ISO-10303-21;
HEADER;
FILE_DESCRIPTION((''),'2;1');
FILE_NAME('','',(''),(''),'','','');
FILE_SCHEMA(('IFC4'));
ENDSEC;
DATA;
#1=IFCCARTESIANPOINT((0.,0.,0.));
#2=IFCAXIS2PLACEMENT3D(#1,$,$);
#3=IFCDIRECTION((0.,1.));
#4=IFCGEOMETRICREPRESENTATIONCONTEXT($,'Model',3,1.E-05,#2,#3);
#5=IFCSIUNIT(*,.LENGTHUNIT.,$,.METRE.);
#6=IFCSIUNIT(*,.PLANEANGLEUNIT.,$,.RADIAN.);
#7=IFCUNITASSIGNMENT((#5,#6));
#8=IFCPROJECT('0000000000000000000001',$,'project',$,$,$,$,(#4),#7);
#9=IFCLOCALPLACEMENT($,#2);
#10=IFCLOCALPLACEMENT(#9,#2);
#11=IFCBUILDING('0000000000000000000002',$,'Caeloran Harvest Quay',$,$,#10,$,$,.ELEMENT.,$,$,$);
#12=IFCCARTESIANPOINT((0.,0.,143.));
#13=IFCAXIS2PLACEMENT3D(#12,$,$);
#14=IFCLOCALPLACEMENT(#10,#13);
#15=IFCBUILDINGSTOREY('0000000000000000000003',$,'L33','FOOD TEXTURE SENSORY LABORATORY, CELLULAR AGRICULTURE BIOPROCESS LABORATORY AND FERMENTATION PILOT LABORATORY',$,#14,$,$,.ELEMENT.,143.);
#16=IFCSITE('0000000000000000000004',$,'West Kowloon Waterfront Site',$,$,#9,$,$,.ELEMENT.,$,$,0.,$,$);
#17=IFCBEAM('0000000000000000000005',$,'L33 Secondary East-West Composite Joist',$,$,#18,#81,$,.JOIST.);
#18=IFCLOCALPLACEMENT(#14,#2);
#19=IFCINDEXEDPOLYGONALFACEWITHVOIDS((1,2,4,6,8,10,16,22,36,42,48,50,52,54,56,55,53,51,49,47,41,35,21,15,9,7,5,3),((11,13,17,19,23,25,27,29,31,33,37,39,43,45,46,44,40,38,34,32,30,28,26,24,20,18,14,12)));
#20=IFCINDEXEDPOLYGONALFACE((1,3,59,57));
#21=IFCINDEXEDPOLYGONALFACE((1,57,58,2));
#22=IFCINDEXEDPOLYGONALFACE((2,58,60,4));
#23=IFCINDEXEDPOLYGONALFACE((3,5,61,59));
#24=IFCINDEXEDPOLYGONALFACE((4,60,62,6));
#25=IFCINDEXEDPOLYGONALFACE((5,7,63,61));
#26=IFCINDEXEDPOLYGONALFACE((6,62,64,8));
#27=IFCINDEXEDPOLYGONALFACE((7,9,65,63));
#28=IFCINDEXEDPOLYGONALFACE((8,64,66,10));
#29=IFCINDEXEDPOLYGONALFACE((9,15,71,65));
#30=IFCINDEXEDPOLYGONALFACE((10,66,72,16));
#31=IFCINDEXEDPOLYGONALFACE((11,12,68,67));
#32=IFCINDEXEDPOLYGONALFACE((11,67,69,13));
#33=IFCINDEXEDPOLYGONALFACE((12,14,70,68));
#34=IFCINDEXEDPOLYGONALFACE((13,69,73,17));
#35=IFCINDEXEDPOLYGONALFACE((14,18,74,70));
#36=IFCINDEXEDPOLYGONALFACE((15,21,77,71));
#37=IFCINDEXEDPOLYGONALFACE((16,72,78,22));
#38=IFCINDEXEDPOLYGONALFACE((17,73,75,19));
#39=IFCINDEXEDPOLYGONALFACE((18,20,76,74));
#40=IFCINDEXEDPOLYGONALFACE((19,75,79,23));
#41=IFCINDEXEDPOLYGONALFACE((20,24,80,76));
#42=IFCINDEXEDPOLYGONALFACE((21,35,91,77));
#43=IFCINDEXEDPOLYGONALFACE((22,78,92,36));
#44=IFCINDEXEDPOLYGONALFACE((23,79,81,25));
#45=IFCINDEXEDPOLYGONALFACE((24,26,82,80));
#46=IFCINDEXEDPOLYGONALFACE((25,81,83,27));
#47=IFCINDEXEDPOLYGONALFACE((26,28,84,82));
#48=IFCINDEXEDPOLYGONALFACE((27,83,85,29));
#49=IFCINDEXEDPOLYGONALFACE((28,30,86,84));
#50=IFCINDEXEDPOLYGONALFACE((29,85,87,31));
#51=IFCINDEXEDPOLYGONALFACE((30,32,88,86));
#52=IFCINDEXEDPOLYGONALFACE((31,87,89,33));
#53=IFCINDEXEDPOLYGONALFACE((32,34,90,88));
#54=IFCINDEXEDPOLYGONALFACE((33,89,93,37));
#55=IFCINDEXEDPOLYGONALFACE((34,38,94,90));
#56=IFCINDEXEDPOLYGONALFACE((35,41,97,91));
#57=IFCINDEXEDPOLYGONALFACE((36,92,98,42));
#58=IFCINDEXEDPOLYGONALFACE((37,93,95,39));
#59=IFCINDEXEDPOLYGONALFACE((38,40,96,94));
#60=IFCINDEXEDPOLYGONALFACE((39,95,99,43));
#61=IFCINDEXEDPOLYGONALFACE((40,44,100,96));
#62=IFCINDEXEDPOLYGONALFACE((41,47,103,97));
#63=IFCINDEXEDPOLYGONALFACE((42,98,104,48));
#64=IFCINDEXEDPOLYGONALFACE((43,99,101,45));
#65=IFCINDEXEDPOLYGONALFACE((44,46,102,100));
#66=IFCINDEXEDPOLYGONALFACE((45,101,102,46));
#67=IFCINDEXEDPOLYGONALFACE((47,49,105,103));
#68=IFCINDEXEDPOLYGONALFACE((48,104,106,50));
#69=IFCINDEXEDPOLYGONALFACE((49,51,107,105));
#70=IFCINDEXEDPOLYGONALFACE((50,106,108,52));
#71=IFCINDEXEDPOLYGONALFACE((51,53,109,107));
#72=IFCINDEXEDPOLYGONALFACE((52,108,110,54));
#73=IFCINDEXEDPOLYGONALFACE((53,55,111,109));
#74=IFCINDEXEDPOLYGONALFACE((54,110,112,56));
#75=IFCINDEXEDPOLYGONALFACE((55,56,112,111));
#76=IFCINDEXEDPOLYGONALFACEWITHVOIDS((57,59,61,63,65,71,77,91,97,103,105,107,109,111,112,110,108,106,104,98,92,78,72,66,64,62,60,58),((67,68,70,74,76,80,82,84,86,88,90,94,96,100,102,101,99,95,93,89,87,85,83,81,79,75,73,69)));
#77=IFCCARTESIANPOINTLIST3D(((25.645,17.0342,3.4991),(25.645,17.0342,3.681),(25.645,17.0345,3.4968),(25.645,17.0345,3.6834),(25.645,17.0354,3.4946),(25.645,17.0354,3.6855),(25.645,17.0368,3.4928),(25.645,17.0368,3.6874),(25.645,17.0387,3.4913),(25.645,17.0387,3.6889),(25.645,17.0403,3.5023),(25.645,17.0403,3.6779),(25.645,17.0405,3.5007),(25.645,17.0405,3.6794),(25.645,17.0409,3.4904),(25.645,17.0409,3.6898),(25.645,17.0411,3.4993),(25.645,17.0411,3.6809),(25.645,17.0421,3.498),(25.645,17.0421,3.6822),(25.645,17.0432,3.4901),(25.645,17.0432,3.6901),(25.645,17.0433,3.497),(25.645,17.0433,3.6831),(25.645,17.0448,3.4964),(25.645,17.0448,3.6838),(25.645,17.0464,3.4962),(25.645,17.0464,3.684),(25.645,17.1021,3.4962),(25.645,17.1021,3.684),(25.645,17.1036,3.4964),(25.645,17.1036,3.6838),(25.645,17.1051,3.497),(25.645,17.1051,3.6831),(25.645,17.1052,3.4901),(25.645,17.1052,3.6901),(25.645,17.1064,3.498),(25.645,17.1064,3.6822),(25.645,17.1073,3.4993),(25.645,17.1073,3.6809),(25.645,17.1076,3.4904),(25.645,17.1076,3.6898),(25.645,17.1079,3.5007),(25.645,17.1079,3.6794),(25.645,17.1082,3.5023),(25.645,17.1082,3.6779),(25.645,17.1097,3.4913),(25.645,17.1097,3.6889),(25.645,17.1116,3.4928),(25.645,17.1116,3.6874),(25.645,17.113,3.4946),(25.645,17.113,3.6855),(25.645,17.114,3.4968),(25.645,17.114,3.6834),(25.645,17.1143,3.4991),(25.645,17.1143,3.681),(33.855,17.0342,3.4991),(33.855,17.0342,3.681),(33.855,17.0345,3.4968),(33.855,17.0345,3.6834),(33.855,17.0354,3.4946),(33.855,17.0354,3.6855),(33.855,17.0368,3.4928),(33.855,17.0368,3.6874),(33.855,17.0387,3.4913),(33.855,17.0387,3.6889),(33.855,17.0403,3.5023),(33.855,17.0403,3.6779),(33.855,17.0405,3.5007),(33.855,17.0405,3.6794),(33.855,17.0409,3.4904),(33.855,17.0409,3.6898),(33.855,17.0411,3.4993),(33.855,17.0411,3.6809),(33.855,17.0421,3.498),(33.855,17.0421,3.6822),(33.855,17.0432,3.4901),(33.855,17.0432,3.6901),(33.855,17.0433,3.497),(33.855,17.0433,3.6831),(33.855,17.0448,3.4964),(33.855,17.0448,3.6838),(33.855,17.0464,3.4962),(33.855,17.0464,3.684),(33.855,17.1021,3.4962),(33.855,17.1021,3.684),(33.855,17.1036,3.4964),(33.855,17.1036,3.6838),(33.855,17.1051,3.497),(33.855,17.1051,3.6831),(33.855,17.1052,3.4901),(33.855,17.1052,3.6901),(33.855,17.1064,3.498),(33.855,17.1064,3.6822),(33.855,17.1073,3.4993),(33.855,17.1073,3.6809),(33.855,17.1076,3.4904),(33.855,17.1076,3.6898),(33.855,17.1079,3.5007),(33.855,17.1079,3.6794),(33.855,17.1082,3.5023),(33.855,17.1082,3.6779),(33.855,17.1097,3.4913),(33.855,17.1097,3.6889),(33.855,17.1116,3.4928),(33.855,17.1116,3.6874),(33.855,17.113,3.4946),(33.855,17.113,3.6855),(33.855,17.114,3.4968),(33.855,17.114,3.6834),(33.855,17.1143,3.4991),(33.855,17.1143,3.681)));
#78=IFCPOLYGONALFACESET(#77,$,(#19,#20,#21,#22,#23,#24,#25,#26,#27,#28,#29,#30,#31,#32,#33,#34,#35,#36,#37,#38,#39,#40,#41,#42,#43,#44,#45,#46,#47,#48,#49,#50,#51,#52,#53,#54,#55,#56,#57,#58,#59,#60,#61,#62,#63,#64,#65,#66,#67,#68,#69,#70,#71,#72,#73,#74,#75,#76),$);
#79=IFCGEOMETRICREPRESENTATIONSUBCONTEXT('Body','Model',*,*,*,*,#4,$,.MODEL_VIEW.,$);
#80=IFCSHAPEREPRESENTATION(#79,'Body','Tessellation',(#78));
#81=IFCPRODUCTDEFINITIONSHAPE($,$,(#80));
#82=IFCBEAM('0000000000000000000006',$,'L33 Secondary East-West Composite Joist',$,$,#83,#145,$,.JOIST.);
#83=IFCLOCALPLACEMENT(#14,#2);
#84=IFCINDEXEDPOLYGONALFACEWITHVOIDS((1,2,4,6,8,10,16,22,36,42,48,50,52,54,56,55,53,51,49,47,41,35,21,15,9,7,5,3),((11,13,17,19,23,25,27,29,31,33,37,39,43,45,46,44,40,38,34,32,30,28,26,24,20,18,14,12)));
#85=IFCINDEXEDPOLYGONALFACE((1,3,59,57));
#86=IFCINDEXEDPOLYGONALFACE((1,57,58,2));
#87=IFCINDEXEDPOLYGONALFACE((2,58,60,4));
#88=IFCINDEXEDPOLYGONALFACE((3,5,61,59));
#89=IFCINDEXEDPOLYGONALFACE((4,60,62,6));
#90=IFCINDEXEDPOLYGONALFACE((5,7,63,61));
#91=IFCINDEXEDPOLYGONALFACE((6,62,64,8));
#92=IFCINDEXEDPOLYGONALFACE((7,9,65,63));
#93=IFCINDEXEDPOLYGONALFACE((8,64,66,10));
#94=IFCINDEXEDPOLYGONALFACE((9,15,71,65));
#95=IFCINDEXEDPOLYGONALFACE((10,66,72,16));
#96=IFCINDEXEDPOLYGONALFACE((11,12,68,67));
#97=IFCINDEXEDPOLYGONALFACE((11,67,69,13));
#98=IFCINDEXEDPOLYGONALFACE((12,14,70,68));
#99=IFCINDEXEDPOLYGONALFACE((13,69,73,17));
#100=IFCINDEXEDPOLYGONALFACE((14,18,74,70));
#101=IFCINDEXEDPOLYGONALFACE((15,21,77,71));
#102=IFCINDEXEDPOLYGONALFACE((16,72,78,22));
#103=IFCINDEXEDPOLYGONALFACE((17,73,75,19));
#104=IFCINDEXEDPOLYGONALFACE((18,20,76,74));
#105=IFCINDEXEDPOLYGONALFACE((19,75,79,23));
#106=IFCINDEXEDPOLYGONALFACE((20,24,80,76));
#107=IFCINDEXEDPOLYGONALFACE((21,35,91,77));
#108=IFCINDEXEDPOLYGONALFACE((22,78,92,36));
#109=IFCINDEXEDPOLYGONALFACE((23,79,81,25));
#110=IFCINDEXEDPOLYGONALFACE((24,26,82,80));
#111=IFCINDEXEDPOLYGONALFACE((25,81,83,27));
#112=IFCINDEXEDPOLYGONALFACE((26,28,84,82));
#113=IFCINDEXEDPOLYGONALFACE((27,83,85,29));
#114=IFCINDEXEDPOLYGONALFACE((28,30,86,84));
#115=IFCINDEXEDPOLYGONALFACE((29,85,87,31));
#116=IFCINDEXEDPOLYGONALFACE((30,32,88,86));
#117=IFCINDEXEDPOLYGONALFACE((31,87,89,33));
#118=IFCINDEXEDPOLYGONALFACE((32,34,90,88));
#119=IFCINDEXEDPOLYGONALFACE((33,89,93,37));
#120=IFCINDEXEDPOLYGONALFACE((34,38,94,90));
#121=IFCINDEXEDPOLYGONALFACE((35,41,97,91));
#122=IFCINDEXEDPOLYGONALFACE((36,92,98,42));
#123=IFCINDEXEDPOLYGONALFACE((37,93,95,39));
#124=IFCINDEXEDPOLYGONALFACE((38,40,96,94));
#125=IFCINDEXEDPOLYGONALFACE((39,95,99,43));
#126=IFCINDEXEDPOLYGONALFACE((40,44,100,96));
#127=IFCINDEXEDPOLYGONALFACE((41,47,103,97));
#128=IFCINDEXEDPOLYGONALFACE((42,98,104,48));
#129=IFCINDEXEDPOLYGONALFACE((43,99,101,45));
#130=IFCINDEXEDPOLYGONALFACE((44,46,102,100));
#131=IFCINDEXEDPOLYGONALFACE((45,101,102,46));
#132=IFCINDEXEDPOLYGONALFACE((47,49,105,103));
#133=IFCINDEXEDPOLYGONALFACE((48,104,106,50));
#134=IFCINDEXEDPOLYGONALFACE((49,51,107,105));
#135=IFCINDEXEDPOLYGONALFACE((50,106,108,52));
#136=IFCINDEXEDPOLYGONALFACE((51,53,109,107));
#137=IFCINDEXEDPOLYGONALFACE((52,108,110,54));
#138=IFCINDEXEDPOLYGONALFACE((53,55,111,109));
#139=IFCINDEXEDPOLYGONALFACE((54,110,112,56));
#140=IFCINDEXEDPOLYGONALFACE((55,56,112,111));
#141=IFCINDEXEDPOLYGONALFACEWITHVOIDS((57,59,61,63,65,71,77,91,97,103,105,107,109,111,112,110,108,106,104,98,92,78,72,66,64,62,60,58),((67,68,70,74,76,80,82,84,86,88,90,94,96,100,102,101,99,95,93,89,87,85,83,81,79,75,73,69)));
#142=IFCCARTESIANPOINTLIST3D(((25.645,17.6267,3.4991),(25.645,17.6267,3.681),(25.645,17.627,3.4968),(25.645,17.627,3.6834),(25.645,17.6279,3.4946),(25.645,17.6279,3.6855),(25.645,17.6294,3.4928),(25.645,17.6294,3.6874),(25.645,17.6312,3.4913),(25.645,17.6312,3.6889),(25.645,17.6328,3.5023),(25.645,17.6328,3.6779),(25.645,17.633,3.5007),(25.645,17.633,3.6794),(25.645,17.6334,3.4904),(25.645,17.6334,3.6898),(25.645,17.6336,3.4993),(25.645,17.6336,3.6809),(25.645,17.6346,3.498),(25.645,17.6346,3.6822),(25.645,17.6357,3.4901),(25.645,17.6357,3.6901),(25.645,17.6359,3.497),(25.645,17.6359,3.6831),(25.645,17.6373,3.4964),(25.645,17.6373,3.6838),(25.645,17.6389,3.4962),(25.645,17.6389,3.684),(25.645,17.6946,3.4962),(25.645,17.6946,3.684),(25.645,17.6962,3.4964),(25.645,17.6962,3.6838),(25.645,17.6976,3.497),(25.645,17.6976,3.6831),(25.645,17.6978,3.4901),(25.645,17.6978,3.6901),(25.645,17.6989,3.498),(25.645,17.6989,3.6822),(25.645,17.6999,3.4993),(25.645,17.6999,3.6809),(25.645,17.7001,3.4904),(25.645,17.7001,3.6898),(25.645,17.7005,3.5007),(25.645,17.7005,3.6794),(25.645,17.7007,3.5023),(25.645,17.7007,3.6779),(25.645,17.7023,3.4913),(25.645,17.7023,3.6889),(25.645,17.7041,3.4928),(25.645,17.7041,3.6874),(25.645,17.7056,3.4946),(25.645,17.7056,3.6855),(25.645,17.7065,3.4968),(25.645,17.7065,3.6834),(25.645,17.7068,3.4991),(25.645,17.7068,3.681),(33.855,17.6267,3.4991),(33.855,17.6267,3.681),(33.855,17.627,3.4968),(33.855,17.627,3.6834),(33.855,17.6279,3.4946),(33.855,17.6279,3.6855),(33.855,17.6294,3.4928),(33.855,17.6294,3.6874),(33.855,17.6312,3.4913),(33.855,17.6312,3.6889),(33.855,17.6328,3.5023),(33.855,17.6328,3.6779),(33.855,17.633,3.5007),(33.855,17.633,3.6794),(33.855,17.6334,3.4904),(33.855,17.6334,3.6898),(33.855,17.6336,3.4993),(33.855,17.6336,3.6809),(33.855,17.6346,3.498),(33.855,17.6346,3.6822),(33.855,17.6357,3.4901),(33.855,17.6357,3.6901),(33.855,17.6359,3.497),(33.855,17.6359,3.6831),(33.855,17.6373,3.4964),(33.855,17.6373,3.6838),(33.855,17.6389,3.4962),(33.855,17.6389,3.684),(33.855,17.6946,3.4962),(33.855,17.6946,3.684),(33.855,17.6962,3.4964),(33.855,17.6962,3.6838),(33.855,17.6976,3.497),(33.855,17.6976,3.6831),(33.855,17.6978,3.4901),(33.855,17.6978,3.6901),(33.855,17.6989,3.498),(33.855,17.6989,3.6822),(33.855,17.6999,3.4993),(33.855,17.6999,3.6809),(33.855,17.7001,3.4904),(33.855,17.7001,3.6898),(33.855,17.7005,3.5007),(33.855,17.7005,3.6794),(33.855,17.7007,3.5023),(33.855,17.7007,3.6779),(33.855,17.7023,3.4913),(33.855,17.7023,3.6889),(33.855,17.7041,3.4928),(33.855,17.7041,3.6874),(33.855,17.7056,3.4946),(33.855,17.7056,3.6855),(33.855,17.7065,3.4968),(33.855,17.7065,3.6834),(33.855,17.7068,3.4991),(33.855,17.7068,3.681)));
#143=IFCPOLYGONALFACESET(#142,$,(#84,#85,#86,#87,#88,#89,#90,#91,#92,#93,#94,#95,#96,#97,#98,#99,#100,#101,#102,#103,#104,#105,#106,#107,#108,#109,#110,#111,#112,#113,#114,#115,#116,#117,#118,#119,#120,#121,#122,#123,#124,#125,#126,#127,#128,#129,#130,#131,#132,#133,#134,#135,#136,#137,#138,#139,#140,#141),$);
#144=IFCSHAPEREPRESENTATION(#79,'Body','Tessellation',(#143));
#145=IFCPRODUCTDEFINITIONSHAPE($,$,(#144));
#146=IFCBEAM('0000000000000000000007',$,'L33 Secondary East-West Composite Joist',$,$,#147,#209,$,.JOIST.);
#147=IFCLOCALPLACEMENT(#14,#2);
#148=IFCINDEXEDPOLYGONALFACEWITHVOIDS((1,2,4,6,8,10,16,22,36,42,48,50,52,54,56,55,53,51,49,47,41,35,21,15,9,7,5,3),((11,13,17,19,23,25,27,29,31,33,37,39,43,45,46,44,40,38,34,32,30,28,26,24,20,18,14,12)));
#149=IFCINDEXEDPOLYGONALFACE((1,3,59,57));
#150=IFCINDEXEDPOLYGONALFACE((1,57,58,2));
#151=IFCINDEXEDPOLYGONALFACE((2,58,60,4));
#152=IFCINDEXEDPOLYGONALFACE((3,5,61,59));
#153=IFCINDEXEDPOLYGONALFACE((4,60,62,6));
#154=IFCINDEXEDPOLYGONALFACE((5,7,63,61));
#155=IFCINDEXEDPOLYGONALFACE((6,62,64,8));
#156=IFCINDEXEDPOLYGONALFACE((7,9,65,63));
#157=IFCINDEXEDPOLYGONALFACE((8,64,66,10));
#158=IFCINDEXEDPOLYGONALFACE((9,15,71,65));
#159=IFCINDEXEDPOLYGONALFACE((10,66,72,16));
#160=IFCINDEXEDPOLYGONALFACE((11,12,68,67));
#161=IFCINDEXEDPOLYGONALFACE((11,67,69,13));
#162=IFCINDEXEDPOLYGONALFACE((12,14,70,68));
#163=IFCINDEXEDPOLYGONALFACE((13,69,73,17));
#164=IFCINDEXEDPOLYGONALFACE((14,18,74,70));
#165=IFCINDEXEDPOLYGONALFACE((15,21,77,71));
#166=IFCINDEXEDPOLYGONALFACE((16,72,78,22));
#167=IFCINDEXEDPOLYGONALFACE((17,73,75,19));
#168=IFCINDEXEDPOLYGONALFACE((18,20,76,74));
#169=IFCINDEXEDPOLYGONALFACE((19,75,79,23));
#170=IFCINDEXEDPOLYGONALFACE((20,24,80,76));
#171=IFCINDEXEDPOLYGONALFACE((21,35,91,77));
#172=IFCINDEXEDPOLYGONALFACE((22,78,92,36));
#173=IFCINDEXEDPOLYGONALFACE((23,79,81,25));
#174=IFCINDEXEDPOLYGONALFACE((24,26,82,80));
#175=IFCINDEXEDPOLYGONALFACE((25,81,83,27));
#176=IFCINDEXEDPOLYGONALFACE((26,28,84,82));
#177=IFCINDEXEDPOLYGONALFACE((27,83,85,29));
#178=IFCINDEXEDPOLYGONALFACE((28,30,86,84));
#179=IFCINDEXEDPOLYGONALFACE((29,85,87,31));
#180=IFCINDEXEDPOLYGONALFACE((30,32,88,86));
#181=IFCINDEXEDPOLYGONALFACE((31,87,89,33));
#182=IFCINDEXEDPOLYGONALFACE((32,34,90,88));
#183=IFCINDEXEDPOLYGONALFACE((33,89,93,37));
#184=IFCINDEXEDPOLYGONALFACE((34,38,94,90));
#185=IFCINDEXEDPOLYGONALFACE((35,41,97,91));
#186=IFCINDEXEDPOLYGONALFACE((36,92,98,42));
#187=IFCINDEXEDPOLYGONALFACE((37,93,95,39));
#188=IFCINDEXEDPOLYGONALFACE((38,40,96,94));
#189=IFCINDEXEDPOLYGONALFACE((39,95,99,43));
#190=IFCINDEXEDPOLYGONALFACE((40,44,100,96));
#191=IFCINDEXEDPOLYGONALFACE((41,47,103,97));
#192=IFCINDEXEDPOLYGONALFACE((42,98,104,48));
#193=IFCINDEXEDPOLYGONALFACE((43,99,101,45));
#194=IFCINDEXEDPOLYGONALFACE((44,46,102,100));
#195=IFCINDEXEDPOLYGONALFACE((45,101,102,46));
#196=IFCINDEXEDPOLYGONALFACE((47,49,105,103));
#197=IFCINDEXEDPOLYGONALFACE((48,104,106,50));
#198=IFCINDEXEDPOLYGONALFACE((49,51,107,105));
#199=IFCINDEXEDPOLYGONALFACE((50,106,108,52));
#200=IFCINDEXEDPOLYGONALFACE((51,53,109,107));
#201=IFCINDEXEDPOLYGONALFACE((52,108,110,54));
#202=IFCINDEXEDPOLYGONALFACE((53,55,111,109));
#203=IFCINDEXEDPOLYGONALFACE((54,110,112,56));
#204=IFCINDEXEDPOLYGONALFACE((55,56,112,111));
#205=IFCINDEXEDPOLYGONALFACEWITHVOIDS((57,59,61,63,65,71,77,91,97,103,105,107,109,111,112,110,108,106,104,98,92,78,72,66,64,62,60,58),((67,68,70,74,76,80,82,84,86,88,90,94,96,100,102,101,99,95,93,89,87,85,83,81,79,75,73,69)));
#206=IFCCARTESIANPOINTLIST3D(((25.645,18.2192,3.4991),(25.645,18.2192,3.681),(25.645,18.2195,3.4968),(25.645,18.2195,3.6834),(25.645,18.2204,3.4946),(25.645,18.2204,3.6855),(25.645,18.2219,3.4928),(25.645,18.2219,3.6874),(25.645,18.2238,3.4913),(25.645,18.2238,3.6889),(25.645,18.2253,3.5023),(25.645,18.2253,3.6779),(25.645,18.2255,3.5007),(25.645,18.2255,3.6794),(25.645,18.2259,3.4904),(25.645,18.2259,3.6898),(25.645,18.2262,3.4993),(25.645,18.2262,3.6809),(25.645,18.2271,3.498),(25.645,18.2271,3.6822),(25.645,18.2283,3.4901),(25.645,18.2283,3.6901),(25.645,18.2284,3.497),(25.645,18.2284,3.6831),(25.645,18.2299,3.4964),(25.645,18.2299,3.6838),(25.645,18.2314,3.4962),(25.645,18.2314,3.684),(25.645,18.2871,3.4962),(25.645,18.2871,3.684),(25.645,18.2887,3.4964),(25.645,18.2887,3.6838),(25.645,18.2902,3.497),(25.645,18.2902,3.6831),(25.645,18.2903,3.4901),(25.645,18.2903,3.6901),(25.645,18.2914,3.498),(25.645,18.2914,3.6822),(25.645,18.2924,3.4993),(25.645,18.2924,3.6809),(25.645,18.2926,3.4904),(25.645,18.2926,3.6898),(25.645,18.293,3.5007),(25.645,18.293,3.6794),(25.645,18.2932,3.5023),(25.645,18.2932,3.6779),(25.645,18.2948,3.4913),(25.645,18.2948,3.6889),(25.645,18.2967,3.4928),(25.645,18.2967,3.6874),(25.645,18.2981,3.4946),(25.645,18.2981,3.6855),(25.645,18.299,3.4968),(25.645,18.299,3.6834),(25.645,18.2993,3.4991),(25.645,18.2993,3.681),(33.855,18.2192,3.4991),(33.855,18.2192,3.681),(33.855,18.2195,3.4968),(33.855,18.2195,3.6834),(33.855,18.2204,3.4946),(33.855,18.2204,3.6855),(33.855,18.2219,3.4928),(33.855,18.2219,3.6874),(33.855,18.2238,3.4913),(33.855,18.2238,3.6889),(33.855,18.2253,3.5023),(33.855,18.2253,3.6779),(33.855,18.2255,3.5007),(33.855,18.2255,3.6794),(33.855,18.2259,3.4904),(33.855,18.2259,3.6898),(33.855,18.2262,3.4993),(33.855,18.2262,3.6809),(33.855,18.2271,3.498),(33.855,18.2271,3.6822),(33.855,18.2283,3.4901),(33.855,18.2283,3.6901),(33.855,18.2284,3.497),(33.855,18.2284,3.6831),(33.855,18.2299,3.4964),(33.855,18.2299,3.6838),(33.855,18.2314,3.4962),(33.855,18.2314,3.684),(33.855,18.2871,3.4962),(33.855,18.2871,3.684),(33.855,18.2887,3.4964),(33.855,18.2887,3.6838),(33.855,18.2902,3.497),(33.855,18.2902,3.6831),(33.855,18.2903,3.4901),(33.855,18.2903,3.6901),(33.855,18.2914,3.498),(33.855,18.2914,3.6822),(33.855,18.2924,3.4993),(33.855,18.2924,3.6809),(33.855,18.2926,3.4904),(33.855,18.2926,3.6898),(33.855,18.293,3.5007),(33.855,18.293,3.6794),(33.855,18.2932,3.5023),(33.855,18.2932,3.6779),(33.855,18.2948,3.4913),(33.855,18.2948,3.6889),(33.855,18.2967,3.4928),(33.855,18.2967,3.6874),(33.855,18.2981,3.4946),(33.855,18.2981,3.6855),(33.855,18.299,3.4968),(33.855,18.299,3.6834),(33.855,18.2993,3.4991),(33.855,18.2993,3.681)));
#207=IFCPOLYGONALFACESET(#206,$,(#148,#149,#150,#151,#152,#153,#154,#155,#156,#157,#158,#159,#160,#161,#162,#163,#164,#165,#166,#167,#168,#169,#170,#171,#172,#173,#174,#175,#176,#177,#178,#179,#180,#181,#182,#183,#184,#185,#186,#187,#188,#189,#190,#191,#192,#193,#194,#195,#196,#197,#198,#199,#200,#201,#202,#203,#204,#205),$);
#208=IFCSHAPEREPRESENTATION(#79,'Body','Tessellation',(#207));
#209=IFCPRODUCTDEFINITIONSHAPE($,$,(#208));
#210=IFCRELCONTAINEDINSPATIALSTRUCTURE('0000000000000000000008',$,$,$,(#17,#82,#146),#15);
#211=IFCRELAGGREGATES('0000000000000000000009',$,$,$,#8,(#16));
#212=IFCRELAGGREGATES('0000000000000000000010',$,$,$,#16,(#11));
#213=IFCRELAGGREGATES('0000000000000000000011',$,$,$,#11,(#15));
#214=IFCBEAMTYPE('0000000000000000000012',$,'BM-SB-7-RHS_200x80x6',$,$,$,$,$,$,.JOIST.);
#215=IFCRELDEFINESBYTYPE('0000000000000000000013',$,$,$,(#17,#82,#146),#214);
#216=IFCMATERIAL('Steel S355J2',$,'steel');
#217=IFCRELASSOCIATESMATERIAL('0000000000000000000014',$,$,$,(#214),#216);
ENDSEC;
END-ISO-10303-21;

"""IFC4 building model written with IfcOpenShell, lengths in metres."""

from ifc_helpers import new_model, si_unit, direction, frame, origin, origin_2d, place, context, subcontext, project, spatial, hollow_rectangle, extrude, material, material_profile, profile_set, type_object, element, save


model = new_model("IFC4")

# Units and contexts
model_context = context("Model", 3, precision=1e-05, world=origin(), true_north=direction((0.0, 1.0)))
body_context = subcontext(model_context, "Body", "Model", "MODEL_VIEW")
ifc_project = project(units=[si_unit("LENGTHUNIT", "METRE"), si_unit("PLANEANGLEUNIT", "RADIAN")], contexts=[model_context])

# Site, building, storey
site_placement = place(None, origin())
site = spatial("IfcSite", under=ifc_project, at=site_placement, Name="West Kowloon Waterfront Site", CompositionType="ELEMENT", RefElevation=0.0)
building_placement = place(site_placement, origin())
building = spatial("IfcBuilding", under=site, at=building_placement, Name="Caeloran Harvest Quay", CompositionType="ELEMENT")
storey_placement = place(building_placement, frame((0.0, 0.0, 143.0)))
storey = spatial("IfcBuildingStorey", under=building, at=storey_placement, Name="L33", Description="FOOD TEXTURE SENSORY LABORATORY, CELLULAR AGRICULTURE BIOPROCESS LABORATORY AND FERMENTATION PILOT LABORATORY", CompositionType="ELEMENT", Elevation=143.0)

# Beams
ifc_material_1 = material(Name="Steel S355J2", Category="steel")
ifc_material_profile_1 = material_profile(ifc_material_1, hollow_rectangle(XDim=0.0801, YDim=0.2, WallThickness=0.0061, InnerFilletRadius=0.0061, OuterFilletRadius=0.009, at=origin_2d()), Name="RHS 200x80x6")
ifc_profile_set_1 = profile_set([ifc_material_profile_1], Name="Steel S355J2")
beam_type_1 = type_object("IfcBeamType", Name="BM-SB-7-RHS_200x80x6", PredefinedType="JOIST", material=ifc_profile_set_1)
for number, where, z_axis, x_axis, name in (
    (1, (25.645, 17.0742, 3.5901), (1.0, 0.0, 0.0), (0.0, 1.0, 0.0), "L33 Secondary East-West Composite Joist"),
    (2, (25.645, 17.6667, 3.5901), (1.0, 0.0, 0.0), (0.0, 1.0, 0.0), "L33 Secondary East-West Composite Joist"),
    (3, (25.645, 18.2593, 3.5901), (1.0, 0.0, 0.0), (0.0, 1.0, 0.0), "L33 Secondary East-West Composite Joist"),
):
    element("IfcBeam", number, at=place(storey_placement, frame(where, z_axis=z_axis, x_axis=x_axis)), inside=storey, type_object=beam_type_1, Name=name, PredefinedType="JOIST", context=body_context, shape_type="SweptSolid", body=[
        extrude(hollow_rectangle(XDim=0.0801, YDim=0.2, WallThickness=0.0061, InnerFilletRadius=0.0061, OuterFilletRadius=0.009, at=origin_2d()), origin(), (0.0, 0.0, 1.0), 8.21),
    ])

save(model, "model.ifc")
